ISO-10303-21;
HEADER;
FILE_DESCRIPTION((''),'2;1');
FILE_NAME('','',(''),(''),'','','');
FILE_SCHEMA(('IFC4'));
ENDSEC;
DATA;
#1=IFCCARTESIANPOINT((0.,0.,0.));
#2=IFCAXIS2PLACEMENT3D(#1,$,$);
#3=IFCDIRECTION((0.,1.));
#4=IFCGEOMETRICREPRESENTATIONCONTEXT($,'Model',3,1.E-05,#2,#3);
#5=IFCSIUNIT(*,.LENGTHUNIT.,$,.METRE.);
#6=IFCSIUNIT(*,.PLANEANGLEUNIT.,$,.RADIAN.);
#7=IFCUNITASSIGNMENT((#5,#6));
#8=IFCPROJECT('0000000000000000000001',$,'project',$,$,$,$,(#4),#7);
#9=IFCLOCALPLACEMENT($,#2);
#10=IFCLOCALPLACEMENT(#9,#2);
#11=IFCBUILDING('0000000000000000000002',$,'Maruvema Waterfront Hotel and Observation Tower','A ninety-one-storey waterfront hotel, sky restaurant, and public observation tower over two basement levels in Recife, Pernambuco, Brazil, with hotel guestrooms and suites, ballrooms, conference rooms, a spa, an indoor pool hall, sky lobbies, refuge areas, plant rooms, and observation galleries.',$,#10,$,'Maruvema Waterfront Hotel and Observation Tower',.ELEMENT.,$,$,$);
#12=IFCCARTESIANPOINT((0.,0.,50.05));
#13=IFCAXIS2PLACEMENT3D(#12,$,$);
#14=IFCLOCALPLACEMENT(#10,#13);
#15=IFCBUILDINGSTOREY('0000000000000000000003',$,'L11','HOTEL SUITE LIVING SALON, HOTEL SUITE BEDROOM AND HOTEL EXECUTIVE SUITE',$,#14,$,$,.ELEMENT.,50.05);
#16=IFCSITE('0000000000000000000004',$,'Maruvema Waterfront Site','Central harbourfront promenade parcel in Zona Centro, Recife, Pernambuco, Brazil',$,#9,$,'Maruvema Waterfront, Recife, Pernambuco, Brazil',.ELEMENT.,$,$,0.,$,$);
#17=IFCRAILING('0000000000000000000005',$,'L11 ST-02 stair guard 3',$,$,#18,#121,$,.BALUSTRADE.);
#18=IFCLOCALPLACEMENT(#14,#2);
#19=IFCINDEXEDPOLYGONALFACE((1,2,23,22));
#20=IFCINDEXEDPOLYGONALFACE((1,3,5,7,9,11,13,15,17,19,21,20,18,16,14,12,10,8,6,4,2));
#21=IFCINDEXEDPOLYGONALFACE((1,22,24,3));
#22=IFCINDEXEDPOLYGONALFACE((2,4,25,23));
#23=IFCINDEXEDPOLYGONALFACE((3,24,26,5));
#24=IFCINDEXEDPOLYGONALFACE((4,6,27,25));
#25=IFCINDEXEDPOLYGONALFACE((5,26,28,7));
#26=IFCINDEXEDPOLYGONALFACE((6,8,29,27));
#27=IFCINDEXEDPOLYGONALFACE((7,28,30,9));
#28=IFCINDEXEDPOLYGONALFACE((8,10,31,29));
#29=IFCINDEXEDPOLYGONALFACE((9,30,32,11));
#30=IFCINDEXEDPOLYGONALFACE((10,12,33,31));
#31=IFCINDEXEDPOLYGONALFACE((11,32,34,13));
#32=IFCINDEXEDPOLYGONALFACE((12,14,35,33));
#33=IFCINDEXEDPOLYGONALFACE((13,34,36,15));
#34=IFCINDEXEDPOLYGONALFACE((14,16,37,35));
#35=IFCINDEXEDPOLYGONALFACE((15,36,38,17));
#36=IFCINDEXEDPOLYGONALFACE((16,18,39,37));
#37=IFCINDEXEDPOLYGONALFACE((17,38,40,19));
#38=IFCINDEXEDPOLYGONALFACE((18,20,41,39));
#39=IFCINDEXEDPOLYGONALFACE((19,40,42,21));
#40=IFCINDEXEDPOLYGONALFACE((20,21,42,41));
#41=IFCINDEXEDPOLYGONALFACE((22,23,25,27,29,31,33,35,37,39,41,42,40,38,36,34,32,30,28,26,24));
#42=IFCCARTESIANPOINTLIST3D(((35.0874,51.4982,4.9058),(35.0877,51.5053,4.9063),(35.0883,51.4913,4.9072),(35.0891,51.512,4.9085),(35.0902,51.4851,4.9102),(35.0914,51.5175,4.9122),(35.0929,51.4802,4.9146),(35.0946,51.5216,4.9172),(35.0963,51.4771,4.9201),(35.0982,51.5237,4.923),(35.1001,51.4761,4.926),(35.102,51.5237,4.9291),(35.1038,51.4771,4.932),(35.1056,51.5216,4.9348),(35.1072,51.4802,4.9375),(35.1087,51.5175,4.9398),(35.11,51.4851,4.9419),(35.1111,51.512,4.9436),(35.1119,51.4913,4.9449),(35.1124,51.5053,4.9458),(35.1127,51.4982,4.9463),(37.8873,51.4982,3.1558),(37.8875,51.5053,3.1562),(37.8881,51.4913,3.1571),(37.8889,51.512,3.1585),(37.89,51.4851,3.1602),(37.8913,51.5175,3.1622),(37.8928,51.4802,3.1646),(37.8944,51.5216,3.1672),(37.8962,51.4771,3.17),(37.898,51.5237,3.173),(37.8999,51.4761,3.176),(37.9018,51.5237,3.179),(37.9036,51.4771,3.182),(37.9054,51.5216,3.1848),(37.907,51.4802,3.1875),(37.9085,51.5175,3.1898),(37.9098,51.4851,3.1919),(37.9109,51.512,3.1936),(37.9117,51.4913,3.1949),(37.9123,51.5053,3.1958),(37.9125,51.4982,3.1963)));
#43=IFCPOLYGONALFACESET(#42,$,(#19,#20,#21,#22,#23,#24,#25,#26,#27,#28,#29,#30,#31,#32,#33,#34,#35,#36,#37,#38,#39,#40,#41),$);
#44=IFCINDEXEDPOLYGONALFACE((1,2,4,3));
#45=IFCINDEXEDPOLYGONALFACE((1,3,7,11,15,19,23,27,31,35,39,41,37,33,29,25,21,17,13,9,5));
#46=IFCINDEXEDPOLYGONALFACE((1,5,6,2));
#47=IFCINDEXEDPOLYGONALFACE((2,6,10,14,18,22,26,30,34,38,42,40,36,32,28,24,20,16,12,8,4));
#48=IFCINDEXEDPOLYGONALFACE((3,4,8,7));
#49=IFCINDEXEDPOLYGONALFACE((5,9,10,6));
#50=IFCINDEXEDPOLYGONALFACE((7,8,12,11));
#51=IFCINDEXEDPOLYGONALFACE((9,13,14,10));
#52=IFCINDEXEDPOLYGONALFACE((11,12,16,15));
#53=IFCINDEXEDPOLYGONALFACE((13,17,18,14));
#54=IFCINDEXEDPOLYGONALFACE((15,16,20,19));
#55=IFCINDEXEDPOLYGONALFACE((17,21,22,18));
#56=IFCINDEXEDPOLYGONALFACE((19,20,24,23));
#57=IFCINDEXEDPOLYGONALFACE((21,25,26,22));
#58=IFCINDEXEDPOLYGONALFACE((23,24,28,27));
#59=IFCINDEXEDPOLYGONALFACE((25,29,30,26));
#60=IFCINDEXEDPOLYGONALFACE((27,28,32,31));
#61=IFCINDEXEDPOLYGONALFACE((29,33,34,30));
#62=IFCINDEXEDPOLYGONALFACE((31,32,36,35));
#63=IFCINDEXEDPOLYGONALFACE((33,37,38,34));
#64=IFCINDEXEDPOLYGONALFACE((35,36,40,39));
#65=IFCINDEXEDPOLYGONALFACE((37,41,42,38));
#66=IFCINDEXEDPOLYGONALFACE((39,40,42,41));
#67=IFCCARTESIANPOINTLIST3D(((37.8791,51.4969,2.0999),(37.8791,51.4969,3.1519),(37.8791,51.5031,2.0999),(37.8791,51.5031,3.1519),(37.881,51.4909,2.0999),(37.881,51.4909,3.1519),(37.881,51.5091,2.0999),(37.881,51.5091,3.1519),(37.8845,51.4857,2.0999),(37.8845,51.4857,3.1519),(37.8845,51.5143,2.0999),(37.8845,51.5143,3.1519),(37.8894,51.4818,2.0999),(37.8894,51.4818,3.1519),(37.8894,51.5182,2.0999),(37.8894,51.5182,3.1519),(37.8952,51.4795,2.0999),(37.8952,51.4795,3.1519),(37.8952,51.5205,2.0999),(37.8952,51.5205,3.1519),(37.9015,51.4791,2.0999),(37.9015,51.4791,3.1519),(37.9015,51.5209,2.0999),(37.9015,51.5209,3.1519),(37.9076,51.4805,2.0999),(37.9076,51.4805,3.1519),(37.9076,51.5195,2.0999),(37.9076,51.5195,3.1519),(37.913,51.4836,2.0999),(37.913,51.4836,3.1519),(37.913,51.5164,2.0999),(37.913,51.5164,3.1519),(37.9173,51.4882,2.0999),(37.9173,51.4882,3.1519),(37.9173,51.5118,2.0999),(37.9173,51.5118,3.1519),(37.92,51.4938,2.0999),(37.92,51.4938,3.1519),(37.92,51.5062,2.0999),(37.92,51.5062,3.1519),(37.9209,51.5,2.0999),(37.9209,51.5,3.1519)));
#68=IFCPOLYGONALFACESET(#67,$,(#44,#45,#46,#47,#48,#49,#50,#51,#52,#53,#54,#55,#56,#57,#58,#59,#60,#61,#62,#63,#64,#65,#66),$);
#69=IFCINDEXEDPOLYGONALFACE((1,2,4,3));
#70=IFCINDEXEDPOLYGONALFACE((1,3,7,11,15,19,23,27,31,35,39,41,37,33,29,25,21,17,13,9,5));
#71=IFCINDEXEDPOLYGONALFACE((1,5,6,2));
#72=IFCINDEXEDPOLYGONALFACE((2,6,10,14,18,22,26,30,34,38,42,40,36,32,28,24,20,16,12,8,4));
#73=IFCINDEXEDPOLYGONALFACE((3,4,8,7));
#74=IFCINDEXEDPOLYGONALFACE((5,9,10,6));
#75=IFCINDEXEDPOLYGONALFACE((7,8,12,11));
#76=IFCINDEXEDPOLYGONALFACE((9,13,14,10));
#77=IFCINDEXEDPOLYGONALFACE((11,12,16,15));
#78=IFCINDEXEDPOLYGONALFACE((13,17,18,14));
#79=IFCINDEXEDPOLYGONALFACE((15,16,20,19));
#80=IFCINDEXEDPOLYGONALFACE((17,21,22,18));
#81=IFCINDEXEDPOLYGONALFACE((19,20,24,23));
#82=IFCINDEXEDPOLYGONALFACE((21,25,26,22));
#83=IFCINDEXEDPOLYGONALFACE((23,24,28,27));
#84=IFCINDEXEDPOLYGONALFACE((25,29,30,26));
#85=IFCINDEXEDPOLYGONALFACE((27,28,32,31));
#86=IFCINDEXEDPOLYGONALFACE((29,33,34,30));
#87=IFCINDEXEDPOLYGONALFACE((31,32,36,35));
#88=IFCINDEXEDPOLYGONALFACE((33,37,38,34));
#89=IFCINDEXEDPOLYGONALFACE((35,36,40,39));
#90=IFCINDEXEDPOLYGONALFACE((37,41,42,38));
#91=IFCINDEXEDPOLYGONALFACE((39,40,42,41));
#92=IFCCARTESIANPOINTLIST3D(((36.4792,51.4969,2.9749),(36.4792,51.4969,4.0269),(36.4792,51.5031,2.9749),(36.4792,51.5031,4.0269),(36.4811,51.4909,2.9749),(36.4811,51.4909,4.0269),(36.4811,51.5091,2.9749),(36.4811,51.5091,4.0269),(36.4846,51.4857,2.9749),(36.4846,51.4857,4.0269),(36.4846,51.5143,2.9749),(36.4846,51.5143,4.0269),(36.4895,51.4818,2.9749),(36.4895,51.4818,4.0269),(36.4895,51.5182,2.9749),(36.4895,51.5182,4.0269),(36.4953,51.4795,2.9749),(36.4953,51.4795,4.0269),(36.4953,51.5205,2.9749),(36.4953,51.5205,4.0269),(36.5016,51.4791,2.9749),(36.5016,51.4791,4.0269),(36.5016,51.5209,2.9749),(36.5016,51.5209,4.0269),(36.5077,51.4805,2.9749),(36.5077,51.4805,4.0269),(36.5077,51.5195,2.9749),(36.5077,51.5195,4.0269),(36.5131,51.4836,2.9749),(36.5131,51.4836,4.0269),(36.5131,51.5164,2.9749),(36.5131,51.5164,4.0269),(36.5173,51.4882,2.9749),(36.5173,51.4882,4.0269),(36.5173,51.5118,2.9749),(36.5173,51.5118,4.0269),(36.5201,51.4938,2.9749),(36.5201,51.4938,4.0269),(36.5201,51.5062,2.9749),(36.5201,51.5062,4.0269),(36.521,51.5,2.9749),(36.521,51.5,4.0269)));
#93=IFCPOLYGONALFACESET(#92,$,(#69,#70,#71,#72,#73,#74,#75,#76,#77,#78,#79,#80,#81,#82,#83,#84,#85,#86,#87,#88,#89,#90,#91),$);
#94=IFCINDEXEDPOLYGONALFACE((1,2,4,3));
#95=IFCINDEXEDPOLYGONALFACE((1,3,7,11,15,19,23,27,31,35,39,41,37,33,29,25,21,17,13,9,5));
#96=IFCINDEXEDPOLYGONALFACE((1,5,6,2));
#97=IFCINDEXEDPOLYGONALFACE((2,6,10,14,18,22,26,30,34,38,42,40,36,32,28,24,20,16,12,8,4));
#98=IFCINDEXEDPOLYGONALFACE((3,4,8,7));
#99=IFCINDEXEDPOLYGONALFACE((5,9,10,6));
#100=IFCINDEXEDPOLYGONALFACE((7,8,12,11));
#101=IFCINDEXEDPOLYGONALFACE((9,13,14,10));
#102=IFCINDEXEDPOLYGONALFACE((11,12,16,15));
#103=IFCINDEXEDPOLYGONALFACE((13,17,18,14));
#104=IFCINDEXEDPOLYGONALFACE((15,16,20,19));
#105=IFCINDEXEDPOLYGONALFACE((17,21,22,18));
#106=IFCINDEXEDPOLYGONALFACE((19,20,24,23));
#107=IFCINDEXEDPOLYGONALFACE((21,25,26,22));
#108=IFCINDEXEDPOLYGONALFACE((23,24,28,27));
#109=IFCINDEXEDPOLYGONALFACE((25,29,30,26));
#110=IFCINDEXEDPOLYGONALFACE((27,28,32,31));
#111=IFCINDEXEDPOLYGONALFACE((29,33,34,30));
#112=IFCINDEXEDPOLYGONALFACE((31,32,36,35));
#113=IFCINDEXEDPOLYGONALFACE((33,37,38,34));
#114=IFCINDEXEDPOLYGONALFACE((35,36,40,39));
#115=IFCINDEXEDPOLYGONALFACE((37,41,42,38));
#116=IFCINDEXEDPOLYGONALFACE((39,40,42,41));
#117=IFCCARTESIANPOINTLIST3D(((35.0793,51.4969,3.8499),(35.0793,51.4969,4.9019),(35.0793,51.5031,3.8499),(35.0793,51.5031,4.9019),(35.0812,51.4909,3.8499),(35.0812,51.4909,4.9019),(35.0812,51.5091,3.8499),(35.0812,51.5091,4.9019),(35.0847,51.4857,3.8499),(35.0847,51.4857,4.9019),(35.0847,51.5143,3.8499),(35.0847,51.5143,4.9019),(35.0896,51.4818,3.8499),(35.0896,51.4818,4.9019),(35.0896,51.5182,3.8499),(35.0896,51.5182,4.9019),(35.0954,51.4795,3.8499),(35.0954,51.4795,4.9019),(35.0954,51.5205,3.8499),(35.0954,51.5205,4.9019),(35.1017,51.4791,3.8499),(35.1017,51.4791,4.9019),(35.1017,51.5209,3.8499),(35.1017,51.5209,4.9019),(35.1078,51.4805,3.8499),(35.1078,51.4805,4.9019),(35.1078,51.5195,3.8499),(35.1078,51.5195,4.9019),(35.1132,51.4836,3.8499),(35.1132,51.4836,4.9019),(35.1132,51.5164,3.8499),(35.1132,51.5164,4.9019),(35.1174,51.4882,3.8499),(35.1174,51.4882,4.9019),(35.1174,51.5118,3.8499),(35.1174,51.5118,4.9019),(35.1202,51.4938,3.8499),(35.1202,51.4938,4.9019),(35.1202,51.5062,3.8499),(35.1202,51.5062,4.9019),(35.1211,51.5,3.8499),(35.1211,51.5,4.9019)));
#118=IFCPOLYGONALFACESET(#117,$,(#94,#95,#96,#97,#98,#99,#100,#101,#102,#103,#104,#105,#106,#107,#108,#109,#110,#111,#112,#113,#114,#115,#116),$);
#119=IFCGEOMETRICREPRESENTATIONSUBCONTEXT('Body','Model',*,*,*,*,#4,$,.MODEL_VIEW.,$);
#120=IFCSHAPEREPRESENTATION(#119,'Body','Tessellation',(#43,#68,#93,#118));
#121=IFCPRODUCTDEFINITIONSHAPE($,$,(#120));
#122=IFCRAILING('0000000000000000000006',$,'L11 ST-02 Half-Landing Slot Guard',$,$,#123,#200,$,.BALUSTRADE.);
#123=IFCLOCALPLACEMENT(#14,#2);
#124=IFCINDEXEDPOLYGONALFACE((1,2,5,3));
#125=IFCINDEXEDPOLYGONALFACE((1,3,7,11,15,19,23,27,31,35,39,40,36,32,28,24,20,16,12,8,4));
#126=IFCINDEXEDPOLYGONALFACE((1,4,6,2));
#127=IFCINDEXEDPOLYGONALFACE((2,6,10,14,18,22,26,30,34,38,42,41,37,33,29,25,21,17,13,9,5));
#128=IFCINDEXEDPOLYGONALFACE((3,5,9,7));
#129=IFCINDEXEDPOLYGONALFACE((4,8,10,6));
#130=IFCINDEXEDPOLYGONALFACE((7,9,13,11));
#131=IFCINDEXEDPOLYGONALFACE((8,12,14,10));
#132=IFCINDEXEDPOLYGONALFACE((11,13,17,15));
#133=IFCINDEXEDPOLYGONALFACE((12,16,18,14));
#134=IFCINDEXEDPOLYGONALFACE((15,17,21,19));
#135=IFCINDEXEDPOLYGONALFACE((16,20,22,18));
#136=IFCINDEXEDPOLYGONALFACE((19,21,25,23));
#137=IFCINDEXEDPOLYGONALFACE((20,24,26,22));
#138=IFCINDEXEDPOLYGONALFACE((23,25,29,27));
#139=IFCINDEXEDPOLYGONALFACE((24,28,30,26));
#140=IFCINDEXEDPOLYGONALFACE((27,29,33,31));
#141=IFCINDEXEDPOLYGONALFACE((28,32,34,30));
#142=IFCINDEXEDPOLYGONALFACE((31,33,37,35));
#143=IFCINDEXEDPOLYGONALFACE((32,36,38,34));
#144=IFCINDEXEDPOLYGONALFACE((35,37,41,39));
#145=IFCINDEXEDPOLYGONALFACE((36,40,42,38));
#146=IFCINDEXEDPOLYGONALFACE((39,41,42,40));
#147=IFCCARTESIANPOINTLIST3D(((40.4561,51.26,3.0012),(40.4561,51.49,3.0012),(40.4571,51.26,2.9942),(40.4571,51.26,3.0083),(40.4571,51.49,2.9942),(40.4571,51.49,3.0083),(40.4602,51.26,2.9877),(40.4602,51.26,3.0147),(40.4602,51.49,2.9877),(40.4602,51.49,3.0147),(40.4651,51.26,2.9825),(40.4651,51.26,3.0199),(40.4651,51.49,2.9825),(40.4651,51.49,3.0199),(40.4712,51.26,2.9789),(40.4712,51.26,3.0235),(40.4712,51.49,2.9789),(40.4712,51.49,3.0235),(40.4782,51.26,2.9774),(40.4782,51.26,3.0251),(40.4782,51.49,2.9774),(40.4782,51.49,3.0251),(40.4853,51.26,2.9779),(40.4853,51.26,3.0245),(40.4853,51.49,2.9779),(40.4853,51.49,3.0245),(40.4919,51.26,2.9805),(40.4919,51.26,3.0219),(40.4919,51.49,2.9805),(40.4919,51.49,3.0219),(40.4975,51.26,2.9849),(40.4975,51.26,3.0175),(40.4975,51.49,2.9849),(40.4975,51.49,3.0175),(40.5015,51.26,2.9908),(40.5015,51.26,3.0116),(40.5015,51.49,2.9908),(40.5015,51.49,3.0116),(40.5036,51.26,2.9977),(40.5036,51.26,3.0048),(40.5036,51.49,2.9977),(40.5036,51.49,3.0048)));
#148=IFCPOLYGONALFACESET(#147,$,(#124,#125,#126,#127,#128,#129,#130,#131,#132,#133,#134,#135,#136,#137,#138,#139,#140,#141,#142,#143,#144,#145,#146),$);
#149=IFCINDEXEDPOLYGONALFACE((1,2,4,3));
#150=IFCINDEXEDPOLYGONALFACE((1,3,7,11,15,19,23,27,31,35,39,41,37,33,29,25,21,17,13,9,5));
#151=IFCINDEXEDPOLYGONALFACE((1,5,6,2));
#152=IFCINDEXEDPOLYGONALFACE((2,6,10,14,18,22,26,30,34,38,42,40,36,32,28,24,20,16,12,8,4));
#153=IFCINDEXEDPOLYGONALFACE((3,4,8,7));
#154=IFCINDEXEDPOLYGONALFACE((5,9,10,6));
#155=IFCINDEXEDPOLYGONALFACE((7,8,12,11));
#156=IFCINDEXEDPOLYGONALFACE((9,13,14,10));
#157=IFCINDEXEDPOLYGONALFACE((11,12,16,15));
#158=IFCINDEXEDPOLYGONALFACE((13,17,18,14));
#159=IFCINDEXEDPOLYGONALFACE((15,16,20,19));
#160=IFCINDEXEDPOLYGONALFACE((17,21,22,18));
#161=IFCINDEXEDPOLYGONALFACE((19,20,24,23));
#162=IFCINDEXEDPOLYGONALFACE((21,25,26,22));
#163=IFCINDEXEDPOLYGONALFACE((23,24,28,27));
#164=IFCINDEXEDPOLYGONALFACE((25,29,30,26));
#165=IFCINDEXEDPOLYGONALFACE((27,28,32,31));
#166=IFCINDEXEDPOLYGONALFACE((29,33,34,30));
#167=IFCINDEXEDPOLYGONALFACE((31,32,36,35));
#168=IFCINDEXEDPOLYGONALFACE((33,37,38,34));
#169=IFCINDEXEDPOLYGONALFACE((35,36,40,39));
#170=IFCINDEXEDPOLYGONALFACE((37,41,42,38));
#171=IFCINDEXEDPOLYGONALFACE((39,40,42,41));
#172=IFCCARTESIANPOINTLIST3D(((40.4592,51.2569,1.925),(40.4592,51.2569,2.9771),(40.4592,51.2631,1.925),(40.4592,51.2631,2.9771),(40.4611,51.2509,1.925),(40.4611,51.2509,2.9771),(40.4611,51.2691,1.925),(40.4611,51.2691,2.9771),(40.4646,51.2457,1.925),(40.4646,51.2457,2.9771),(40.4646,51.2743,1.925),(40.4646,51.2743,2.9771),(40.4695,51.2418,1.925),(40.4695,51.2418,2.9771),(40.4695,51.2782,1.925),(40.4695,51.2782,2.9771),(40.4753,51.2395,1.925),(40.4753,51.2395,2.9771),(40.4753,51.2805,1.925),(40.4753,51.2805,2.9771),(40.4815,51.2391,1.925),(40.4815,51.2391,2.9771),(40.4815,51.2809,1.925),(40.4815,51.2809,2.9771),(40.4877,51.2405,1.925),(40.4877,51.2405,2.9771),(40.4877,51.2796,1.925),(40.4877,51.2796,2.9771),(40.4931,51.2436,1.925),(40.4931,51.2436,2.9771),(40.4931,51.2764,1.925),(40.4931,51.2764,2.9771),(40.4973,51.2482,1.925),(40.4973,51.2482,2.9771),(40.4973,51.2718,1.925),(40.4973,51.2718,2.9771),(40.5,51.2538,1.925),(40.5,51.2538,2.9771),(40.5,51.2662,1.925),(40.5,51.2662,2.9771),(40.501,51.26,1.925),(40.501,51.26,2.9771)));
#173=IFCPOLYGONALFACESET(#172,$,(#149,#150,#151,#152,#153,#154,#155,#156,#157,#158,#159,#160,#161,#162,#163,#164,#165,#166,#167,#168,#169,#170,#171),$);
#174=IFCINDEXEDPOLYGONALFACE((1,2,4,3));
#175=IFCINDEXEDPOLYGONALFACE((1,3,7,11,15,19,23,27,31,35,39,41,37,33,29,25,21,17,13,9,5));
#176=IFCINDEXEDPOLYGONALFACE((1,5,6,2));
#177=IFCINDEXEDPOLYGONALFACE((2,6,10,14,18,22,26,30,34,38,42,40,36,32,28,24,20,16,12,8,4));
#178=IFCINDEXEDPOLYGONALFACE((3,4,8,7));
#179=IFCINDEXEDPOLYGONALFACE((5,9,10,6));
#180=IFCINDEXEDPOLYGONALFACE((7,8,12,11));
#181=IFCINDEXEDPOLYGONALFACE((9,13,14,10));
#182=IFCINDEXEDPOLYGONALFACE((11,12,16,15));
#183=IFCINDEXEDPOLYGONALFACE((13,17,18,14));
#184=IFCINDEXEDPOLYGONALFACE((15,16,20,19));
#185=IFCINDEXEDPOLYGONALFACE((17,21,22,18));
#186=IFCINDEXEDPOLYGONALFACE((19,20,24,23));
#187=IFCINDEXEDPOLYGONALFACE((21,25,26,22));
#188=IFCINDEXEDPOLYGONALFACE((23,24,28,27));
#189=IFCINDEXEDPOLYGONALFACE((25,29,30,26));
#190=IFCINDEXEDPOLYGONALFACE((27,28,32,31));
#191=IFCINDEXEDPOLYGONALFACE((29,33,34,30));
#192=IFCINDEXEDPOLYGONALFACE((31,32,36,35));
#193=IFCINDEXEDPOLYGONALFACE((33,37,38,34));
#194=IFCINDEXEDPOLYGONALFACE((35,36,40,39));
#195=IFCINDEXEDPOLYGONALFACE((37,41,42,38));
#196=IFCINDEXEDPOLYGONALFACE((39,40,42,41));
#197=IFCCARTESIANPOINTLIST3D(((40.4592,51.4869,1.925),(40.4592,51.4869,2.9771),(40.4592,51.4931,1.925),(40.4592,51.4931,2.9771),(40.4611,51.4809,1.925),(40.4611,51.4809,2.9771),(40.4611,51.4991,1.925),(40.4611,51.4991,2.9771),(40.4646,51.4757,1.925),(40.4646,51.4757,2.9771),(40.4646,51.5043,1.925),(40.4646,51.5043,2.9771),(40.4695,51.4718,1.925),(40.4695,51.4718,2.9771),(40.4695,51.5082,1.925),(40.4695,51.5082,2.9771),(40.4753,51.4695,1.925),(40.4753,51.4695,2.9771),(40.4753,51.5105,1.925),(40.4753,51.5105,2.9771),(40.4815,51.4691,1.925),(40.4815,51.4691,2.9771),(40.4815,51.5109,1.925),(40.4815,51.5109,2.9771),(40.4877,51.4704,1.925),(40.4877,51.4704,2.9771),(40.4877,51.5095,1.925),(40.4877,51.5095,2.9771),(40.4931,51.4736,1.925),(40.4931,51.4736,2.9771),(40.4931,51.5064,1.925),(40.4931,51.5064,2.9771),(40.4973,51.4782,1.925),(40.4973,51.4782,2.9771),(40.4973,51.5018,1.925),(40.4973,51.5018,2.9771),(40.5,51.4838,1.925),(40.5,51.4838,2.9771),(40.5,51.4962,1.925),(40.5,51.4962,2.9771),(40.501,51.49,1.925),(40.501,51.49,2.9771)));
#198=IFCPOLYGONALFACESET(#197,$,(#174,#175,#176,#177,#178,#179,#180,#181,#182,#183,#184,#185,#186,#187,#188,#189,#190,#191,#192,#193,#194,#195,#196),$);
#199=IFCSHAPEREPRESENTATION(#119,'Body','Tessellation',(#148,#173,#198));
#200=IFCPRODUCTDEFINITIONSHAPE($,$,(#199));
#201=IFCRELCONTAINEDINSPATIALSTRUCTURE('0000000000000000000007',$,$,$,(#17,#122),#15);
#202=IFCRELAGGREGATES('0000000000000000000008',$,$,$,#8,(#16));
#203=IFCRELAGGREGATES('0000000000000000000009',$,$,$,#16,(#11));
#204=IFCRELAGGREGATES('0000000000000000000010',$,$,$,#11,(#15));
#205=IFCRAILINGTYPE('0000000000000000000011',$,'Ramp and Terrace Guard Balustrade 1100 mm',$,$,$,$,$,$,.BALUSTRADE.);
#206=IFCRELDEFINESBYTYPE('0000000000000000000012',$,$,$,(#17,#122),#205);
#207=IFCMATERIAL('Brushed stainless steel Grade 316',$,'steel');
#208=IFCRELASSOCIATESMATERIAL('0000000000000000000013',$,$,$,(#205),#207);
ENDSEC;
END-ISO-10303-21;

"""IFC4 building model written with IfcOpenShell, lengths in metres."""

from ifc_helpers import new_model, si_unit, direction, frame, origin, origin_2d, place, context, subcontext, project, spatial, circle, extrude, material, type_object, element, save


model = new_model("IFC4")

# Units and contexts
model_context = context("Model", 3, precision=1e-05, world=origin(), true_north=direction((0.0, 1.0)))
body_context = subcontext(model_context, "Body", "Model", "MODEL_VIEW")
ifc_project = project(units=[si_unit("LENGTHUNIT", "METRE"), si_unit("PLANEANGLEUNIT", "RADIAN")], contexts=[model_context])

# Site, building, storey
site_placement = place(None, origin())
site = spatial("IfcSite", under=ifc_project, at=site_placement, Name="Maruvema Waterfront Site", Description="Central harbourfront promenade parcel in Zona Centro, Recife, Pernambuco, Brazil", LongName="Maruvema Waterfront, Recife, Pernambuco, Brazil", CompositionType="ELEMENT", RefElevation=0.0)
building_placement = place(site_placement, origin())
building = spatial("IfcBuilding", under=site, at=building_placement, Name="Maruvema Waterfront Hotel and Observation Tower", Description="A ninety-one-storey waterfront hotel, sky restaurant, and public observation tower over two basement levels in Recife, Pernambuco, Brazil, with hotel guestrooms and suites, ballrooms, conference rooms, a spa, an indoor pool hall, sky lobbies, refuge areas, plant rooms, and observation galleries.", LongName="Maruvema Waterfront Hotel and Observation Tower", CompositionType="ELEMENT")
storey_placement = place(building_placement, frame((0.0, 0.0, 50.05)))
storey = spatial("IfcBuildingStorey", under=building, at=storey_placement, Name="L11", Description="HOTEL SUITE LIVING SALON, HOTEL SUITE BEDROOM AND HOTEL EXECUTIVE SUITE", CompositionType="ELEMENT", Elevation=50.05)

# Railings
ifc_material_1 = material(Name="Brushed stainless steel Grade 316", Category="steel")
railing_type_1 = type_object("IfcRailingType", Name="Ramp and Terrace Guard Balustrade 1100 mm", PredefinedType="BALUSTRADE", material=ifc_material_1)
railing_1_placement = place(storey_placement, frame((37.8999, 51.5, 2.0999)))
element("IfcRailing", 1, at=railing_1_placement, inside=storey, type_object=railing_type_1, Name="L11 ST-02 stair guard 3", PredefinedType="BALUSTRADE", context=body_context, shape_type="SweptSolid", body=[
    extrude(circle(Radius=0.0239, at=origin_2d()), frame((0.0, 0.0, 1.0762), z_axis=(-0.847982, 0.0, 0.530026), x_axis=(0.0, -1.0, 0.0)), (0.0, 0.0, 1.0), 3.3018),
    extrude(circle(Radius=0.021, at=origin_2d()), origin(), (0.0, 0.0, 1.0), 1.052),
    extrude(circle(Radius=0.021, at=origin_2d()), frame((-1.3999, 0.0, 0.875)), (0.0, 0.0, 1.0), 1.052),
    extrude(circle(Radius=0.021, at=origin_2d()), frame((-2.7998, 0.0, 1.75)), (0.0, 0.0, 1.0), 1.052),
])
railing_2_placement = place(storey_placement, frame((40.48, 51.26, 1.925)))
element("IfcRailing", 2, at=railing_2_placement, inside=storey, type_object=railing_type_1, Name="L11 ST-02 Half-Landing Slot Guard", PredefinedType="BALUSTRADE", context=body_context, shape_type="SweptSolid", body=[
    extrude(circle(Radius=0.0239, at=origin_2d()), frame((0.0, 0.0, 1.0762), z_axis=(0.0, 1.0, 0.0), x_axis=(-1.0, 0.0, 0.0)), (0.0, 0.0, 1.0), 0.23),
    extrude(circle(Radius=0.021, at=origin_2d()), origin(), (0.0, 0.0, 1.0), 1.052),
    extrude(circle(Radius=0.021, at=origin_2d()), frame((0.0, 0.23, 0.0)), (0.0, 0.0, 1.0), 1.052),
])

save(model, "model.ifc")
